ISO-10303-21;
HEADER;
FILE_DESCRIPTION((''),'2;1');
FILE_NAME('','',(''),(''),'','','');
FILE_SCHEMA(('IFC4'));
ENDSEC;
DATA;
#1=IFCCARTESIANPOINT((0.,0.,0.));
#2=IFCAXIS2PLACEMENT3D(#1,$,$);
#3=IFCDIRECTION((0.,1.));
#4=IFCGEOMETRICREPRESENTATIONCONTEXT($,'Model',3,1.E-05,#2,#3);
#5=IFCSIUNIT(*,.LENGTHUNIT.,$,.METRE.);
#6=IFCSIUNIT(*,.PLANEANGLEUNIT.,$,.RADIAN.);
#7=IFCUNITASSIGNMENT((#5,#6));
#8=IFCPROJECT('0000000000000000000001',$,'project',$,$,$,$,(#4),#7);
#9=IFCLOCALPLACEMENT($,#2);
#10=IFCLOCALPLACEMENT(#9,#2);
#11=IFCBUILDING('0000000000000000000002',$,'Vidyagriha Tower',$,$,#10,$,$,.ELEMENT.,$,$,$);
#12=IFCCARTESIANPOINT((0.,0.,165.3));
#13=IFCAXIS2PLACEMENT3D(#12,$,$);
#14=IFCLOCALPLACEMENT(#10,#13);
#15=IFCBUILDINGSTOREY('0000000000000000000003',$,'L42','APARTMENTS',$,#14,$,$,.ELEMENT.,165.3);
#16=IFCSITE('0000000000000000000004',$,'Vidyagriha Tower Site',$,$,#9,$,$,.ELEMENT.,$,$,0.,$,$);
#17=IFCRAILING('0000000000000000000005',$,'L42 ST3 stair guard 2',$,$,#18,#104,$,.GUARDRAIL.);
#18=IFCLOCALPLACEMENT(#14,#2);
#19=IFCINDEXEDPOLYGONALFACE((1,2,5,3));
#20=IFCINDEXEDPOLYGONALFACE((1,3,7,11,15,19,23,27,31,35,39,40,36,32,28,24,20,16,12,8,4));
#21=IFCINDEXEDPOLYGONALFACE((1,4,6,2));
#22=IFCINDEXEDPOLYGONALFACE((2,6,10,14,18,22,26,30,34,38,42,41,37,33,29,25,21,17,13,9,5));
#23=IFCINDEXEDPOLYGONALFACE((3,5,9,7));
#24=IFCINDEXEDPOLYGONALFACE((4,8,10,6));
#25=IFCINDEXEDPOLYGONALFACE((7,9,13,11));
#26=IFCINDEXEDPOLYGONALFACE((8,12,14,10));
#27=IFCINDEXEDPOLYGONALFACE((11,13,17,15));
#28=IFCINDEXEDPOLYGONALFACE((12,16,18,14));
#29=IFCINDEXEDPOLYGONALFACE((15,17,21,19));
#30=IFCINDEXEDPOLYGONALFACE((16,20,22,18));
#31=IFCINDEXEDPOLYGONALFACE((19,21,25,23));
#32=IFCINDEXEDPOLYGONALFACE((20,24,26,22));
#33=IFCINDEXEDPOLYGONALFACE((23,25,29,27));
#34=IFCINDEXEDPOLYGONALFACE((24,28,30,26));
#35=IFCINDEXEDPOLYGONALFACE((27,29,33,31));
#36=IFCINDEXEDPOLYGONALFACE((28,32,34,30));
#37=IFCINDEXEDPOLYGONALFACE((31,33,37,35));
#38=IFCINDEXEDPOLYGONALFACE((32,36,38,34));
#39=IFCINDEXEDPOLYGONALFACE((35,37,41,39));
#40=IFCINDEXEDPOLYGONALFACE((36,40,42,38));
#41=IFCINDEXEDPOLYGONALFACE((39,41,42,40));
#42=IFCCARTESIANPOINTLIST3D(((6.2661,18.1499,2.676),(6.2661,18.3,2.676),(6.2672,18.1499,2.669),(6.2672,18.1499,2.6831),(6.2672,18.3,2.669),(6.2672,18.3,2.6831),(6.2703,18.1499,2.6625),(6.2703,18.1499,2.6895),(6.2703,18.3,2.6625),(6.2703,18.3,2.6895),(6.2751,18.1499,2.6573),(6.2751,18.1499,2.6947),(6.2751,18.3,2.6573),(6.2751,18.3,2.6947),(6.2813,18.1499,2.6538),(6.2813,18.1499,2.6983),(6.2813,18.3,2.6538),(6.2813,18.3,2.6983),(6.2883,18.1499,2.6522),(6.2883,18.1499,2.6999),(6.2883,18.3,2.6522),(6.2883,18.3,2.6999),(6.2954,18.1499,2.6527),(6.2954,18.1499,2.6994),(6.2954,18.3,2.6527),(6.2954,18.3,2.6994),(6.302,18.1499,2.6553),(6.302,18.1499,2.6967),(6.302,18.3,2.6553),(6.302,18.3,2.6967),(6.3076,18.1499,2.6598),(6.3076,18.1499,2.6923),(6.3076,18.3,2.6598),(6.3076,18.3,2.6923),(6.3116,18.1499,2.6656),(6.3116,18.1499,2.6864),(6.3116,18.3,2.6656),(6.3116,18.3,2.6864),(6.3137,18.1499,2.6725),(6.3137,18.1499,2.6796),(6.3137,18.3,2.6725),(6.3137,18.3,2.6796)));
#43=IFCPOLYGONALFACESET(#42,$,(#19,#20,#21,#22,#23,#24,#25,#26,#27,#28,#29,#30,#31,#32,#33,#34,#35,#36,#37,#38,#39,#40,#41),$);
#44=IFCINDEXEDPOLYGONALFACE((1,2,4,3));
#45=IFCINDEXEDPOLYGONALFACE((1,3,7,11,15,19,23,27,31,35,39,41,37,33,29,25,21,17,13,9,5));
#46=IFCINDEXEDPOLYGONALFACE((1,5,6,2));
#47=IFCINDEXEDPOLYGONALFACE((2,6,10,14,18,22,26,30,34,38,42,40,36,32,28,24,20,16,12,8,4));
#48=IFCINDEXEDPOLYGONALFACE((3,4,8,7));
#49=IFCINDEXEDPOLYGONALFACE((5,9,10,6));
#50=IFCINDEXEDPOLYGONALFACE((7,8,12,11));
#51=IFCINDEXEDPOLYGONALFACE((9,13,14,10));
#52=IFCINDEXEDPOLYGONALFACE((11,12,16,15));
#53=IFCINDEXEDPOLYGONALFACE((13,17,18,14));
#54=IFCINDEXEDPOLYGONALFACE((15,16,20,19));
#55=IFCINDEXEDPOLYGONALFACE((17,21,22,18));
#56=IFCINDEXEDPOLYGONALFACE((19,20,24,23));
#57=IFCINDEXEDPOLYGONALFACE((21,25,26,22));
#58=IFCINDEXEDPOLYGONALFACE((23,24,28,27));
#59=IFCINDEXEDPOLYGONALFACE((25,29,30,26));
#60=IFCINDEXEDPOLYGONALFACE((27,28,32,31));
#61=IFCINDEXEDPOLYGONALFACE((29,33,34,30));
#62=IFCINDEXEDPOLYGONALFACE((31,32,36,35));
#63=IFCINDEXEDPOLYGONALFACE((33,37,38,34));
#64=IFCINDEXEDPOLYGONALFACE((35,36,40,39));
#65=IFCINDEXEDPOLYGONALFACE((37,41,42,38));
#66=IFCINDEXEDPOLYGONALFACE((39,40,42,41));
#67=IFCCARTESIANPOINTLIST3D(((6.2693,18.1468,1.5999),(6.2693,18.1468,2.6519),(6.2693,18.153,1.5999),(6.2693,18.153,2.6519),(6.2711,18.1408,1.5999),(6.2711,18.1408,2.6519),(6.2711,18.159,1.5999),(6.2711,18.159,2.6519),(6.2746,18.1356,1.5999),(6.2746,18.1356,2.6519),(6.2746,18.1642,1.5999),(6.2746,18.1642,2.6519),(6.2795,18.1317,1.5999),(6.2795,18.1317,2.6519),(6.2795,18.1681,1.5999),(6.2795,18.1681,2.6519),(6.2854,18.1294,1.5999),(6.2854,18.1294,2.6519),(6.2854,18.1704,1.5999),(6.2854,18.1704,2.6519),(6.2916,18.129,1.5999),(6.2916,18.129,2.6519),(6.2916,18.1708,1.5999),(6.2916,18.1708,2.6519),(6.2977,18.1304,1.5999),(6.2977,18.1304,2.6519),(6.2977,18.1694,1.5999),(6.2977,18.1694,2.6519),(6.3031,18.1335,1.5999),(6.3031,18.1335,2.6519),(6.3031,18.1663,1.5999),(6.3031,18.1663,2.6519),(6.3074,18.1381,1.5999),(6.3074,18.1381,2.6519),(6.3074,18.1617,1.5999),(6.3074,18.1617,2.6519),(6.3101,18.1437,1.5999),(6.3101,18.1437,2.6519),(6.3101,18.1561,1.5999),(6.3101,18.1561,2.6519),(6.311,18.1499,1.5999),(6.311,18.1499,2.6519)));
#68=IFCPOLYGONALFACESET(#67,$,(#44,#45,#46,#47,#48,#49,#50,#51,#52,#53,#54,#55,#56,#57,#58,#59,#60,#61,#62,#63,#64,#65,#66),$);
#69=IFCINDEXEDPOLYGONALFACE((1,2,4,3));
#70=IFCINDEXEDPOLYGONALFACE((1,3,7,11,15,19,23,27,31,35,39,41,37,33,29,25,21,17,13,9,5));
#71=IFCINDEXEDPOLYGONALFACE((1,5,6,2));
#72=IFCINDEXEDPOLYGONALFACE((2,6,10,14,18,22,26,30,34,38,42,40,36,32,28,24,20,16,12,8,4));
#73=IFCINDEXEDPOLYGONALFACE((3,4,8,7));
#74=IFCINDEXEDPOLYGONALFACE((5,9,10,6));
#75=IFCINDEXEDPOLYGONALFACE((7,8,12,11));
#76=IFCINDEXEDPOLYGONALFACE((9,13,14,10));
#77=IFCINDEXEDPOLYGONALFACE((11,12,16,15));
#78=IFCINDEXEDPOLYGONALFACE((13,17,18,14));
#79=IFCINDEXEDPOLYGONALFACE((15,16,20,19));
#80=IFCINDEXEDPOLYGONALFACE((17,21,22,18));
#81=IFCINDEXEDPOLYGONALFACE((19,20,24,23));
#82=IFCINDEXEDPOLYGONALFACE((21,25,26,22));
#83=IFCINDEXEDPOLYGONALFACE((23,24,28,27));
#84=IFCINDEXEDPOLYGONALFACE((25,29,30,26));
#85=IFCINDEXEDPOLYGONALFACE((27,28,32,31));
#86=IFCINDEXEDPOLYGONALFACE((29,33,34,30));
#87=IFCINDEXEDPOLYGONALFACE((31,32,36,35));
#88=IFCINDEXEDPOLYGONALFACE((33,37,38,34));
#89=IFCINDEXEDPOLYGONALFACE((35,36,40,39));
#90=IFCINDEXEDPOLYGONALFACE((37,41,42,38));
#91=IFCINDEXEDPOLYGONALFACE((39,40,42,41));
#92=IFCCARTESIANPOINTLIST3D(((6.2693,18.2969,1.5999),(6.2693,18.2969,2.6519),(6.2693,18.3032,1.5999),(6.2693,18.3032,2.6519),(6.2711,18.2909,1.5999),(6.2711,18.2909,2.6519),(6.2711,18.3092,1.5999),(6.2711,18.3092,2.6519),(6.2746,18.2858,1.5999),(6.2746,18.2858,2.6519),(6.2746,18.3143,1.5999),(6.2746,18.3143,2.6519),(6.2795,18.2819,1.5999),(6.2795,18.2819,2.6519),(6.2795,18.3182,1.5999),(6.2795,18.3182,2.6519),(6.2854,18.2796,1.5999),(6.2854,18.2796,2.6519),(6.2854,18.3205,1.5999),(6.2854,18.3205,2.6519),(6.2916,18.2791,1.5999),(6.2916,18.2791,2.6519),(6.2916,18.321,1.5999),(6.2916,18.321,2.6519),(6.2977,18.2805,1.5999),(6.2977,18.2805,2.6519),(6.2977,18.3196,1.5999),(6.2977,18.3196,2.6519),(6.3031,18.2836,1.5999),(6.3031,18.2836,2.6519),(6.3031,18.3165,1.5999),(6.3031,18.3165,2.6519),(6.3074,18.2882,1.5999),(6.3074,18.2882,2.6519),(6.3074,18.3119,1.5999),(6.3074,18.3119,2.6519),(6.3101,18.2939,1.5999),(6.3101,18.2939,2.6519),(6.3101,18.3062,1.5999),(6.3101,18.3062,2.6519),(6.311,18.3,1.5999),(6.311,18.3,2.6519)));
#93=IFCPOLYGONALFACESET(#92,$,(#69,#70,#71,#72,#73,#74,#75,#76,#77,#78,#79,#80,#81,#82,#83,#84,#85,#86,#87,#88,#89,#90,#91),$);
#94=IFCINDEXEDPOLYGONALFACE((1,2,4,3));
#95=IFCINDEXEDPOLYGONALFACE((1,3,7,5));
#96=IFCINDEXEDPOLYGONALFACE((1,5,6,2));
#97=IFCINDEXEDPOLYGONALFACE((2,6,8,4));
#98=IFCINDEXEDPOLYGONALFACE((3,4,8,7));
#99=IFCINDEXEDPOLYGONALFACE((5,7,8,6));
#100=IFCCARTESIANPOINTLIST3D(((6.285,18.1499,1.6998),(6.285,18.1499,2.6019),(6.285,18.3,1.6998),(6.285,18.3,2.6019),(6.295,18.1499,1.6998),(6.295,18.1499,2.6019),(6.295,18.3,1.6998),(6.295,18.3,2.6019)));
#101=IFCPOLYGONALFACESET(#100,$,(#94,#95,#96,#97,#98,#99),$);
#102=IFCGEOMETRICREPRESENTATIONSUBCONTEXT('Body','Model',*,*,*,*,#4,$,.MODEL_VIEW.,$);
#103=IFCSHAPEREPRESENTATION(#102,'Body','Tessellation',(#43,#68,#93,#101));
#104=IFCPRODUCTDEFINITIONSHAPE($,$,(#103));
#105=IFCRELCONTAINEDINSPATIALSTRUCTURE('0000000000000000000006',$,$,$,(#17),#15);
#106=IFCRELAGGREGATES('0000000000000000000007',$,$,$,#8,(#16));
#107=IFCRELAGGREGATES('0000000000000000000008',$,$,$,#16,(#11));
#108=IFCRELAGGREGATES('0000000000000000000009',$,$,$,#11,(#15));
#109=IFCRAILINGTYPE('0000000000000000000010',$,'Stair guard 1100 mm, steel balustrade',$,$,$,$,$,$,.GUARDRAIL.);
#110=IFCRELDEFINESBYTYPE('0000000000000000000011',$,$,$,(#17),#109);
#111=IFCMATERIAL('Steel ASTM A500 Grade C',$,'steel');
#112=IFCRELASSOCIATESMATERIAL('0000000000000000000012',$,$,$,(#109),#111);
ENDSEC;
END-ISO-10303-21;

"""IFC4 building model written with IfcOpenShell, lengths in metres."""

from ifc_helpers import new_model, si_unit, direction, frame, origin, origin_2d, place, context, subcontext, project, spatial, rectangle, circle, extrude, material, type_object, element, save


model = new_model("IFC4")

# Units and contexts
model_context = context("Model", 3, precision=1e-05, world=origin(), true_north=direction((0.0, 1.0)))
body_context = subcontext(model_context, "Body", "Model", "MODEL_VIEW")
ifc_project = project(units=[si_unit("LENGTHUNIT", "METRE"), si_unit("PLANEANGLEUNIT", "RADIAN")], contexts=[model_context])

# Site, building, storey
site_placement = place(None, origin())
site = spatial("IfcSite", under=ifc_project, at=site_placement, Name="Vidyagriha Tower Site", CompositionType="ELEMENT", RefElevation=0.0)
building_placement = place(site_placement, origin())
building = spatial("IfcBuilding", under=site, at=building_placement, Name="Vidyagriha Tower", CompositionType="ELEMENT")
storey_placement = place(building_placement, frame((0.0, 0.0, 165.3)))
storey = spatial("IfcBuildingStorey", under=building, at=storey_placement, Name="L42", Description="APARTMENTS", CompositionType="ELEMENT", Elevation=165.3)

# Railing
ifc_material_1 = material(Name="Steel ASTM A500 Grade C", Category="steel")
railing_type_1 = type_object("IfcRailingType", Name="Stair guard 1100 mm, steel balustrade", PredefinedType="GUARDRAIL", material=ifc_material_1)
railing_1_placement = place(storey_placement, frame((6.29, 18.1499, 1.5999)))
element("IfcRailing", 1, at=railing_1_placement, inside=storey, type_object=railing_type_1, Name="L42 ST3 stair guard 2", PredefinedType="GUARDRAIL", context=body_context, shape_type="SweptSolid", body=[
    extrude(circle(Radius=0.0239, at=origin_2d()), frame((0.0, 0.0, 1.0762), z_axis=(0.0, 1.0, 0.0), x_axis=(-1.0, 0.0, 0.0)), (0.0, 0.0, 1.0), 0.1501),
    extrude(circle(Radius=0.021, at=origin_2d()), origin(), (0.0, 0.0, 1.0), 1.052),
    extrude(circle(Radius=0.021, at=origin_2d()), frame((0.0, 0.1501, 0.0)), (0.0, 0.0, 1.0), 1.052),
    extrude(rectangle(XDim=0.01, YDim=0.9021, at=origin_2d()), frame((0.0, 0.0, 0.551), z_axis=(0.0, 1.0, 0.0), x_axis=(-1.0, 0.0, 0.0)), (0.0, 0.0, 1.0), 0.1501),
])

save(model, "model.ifc")
